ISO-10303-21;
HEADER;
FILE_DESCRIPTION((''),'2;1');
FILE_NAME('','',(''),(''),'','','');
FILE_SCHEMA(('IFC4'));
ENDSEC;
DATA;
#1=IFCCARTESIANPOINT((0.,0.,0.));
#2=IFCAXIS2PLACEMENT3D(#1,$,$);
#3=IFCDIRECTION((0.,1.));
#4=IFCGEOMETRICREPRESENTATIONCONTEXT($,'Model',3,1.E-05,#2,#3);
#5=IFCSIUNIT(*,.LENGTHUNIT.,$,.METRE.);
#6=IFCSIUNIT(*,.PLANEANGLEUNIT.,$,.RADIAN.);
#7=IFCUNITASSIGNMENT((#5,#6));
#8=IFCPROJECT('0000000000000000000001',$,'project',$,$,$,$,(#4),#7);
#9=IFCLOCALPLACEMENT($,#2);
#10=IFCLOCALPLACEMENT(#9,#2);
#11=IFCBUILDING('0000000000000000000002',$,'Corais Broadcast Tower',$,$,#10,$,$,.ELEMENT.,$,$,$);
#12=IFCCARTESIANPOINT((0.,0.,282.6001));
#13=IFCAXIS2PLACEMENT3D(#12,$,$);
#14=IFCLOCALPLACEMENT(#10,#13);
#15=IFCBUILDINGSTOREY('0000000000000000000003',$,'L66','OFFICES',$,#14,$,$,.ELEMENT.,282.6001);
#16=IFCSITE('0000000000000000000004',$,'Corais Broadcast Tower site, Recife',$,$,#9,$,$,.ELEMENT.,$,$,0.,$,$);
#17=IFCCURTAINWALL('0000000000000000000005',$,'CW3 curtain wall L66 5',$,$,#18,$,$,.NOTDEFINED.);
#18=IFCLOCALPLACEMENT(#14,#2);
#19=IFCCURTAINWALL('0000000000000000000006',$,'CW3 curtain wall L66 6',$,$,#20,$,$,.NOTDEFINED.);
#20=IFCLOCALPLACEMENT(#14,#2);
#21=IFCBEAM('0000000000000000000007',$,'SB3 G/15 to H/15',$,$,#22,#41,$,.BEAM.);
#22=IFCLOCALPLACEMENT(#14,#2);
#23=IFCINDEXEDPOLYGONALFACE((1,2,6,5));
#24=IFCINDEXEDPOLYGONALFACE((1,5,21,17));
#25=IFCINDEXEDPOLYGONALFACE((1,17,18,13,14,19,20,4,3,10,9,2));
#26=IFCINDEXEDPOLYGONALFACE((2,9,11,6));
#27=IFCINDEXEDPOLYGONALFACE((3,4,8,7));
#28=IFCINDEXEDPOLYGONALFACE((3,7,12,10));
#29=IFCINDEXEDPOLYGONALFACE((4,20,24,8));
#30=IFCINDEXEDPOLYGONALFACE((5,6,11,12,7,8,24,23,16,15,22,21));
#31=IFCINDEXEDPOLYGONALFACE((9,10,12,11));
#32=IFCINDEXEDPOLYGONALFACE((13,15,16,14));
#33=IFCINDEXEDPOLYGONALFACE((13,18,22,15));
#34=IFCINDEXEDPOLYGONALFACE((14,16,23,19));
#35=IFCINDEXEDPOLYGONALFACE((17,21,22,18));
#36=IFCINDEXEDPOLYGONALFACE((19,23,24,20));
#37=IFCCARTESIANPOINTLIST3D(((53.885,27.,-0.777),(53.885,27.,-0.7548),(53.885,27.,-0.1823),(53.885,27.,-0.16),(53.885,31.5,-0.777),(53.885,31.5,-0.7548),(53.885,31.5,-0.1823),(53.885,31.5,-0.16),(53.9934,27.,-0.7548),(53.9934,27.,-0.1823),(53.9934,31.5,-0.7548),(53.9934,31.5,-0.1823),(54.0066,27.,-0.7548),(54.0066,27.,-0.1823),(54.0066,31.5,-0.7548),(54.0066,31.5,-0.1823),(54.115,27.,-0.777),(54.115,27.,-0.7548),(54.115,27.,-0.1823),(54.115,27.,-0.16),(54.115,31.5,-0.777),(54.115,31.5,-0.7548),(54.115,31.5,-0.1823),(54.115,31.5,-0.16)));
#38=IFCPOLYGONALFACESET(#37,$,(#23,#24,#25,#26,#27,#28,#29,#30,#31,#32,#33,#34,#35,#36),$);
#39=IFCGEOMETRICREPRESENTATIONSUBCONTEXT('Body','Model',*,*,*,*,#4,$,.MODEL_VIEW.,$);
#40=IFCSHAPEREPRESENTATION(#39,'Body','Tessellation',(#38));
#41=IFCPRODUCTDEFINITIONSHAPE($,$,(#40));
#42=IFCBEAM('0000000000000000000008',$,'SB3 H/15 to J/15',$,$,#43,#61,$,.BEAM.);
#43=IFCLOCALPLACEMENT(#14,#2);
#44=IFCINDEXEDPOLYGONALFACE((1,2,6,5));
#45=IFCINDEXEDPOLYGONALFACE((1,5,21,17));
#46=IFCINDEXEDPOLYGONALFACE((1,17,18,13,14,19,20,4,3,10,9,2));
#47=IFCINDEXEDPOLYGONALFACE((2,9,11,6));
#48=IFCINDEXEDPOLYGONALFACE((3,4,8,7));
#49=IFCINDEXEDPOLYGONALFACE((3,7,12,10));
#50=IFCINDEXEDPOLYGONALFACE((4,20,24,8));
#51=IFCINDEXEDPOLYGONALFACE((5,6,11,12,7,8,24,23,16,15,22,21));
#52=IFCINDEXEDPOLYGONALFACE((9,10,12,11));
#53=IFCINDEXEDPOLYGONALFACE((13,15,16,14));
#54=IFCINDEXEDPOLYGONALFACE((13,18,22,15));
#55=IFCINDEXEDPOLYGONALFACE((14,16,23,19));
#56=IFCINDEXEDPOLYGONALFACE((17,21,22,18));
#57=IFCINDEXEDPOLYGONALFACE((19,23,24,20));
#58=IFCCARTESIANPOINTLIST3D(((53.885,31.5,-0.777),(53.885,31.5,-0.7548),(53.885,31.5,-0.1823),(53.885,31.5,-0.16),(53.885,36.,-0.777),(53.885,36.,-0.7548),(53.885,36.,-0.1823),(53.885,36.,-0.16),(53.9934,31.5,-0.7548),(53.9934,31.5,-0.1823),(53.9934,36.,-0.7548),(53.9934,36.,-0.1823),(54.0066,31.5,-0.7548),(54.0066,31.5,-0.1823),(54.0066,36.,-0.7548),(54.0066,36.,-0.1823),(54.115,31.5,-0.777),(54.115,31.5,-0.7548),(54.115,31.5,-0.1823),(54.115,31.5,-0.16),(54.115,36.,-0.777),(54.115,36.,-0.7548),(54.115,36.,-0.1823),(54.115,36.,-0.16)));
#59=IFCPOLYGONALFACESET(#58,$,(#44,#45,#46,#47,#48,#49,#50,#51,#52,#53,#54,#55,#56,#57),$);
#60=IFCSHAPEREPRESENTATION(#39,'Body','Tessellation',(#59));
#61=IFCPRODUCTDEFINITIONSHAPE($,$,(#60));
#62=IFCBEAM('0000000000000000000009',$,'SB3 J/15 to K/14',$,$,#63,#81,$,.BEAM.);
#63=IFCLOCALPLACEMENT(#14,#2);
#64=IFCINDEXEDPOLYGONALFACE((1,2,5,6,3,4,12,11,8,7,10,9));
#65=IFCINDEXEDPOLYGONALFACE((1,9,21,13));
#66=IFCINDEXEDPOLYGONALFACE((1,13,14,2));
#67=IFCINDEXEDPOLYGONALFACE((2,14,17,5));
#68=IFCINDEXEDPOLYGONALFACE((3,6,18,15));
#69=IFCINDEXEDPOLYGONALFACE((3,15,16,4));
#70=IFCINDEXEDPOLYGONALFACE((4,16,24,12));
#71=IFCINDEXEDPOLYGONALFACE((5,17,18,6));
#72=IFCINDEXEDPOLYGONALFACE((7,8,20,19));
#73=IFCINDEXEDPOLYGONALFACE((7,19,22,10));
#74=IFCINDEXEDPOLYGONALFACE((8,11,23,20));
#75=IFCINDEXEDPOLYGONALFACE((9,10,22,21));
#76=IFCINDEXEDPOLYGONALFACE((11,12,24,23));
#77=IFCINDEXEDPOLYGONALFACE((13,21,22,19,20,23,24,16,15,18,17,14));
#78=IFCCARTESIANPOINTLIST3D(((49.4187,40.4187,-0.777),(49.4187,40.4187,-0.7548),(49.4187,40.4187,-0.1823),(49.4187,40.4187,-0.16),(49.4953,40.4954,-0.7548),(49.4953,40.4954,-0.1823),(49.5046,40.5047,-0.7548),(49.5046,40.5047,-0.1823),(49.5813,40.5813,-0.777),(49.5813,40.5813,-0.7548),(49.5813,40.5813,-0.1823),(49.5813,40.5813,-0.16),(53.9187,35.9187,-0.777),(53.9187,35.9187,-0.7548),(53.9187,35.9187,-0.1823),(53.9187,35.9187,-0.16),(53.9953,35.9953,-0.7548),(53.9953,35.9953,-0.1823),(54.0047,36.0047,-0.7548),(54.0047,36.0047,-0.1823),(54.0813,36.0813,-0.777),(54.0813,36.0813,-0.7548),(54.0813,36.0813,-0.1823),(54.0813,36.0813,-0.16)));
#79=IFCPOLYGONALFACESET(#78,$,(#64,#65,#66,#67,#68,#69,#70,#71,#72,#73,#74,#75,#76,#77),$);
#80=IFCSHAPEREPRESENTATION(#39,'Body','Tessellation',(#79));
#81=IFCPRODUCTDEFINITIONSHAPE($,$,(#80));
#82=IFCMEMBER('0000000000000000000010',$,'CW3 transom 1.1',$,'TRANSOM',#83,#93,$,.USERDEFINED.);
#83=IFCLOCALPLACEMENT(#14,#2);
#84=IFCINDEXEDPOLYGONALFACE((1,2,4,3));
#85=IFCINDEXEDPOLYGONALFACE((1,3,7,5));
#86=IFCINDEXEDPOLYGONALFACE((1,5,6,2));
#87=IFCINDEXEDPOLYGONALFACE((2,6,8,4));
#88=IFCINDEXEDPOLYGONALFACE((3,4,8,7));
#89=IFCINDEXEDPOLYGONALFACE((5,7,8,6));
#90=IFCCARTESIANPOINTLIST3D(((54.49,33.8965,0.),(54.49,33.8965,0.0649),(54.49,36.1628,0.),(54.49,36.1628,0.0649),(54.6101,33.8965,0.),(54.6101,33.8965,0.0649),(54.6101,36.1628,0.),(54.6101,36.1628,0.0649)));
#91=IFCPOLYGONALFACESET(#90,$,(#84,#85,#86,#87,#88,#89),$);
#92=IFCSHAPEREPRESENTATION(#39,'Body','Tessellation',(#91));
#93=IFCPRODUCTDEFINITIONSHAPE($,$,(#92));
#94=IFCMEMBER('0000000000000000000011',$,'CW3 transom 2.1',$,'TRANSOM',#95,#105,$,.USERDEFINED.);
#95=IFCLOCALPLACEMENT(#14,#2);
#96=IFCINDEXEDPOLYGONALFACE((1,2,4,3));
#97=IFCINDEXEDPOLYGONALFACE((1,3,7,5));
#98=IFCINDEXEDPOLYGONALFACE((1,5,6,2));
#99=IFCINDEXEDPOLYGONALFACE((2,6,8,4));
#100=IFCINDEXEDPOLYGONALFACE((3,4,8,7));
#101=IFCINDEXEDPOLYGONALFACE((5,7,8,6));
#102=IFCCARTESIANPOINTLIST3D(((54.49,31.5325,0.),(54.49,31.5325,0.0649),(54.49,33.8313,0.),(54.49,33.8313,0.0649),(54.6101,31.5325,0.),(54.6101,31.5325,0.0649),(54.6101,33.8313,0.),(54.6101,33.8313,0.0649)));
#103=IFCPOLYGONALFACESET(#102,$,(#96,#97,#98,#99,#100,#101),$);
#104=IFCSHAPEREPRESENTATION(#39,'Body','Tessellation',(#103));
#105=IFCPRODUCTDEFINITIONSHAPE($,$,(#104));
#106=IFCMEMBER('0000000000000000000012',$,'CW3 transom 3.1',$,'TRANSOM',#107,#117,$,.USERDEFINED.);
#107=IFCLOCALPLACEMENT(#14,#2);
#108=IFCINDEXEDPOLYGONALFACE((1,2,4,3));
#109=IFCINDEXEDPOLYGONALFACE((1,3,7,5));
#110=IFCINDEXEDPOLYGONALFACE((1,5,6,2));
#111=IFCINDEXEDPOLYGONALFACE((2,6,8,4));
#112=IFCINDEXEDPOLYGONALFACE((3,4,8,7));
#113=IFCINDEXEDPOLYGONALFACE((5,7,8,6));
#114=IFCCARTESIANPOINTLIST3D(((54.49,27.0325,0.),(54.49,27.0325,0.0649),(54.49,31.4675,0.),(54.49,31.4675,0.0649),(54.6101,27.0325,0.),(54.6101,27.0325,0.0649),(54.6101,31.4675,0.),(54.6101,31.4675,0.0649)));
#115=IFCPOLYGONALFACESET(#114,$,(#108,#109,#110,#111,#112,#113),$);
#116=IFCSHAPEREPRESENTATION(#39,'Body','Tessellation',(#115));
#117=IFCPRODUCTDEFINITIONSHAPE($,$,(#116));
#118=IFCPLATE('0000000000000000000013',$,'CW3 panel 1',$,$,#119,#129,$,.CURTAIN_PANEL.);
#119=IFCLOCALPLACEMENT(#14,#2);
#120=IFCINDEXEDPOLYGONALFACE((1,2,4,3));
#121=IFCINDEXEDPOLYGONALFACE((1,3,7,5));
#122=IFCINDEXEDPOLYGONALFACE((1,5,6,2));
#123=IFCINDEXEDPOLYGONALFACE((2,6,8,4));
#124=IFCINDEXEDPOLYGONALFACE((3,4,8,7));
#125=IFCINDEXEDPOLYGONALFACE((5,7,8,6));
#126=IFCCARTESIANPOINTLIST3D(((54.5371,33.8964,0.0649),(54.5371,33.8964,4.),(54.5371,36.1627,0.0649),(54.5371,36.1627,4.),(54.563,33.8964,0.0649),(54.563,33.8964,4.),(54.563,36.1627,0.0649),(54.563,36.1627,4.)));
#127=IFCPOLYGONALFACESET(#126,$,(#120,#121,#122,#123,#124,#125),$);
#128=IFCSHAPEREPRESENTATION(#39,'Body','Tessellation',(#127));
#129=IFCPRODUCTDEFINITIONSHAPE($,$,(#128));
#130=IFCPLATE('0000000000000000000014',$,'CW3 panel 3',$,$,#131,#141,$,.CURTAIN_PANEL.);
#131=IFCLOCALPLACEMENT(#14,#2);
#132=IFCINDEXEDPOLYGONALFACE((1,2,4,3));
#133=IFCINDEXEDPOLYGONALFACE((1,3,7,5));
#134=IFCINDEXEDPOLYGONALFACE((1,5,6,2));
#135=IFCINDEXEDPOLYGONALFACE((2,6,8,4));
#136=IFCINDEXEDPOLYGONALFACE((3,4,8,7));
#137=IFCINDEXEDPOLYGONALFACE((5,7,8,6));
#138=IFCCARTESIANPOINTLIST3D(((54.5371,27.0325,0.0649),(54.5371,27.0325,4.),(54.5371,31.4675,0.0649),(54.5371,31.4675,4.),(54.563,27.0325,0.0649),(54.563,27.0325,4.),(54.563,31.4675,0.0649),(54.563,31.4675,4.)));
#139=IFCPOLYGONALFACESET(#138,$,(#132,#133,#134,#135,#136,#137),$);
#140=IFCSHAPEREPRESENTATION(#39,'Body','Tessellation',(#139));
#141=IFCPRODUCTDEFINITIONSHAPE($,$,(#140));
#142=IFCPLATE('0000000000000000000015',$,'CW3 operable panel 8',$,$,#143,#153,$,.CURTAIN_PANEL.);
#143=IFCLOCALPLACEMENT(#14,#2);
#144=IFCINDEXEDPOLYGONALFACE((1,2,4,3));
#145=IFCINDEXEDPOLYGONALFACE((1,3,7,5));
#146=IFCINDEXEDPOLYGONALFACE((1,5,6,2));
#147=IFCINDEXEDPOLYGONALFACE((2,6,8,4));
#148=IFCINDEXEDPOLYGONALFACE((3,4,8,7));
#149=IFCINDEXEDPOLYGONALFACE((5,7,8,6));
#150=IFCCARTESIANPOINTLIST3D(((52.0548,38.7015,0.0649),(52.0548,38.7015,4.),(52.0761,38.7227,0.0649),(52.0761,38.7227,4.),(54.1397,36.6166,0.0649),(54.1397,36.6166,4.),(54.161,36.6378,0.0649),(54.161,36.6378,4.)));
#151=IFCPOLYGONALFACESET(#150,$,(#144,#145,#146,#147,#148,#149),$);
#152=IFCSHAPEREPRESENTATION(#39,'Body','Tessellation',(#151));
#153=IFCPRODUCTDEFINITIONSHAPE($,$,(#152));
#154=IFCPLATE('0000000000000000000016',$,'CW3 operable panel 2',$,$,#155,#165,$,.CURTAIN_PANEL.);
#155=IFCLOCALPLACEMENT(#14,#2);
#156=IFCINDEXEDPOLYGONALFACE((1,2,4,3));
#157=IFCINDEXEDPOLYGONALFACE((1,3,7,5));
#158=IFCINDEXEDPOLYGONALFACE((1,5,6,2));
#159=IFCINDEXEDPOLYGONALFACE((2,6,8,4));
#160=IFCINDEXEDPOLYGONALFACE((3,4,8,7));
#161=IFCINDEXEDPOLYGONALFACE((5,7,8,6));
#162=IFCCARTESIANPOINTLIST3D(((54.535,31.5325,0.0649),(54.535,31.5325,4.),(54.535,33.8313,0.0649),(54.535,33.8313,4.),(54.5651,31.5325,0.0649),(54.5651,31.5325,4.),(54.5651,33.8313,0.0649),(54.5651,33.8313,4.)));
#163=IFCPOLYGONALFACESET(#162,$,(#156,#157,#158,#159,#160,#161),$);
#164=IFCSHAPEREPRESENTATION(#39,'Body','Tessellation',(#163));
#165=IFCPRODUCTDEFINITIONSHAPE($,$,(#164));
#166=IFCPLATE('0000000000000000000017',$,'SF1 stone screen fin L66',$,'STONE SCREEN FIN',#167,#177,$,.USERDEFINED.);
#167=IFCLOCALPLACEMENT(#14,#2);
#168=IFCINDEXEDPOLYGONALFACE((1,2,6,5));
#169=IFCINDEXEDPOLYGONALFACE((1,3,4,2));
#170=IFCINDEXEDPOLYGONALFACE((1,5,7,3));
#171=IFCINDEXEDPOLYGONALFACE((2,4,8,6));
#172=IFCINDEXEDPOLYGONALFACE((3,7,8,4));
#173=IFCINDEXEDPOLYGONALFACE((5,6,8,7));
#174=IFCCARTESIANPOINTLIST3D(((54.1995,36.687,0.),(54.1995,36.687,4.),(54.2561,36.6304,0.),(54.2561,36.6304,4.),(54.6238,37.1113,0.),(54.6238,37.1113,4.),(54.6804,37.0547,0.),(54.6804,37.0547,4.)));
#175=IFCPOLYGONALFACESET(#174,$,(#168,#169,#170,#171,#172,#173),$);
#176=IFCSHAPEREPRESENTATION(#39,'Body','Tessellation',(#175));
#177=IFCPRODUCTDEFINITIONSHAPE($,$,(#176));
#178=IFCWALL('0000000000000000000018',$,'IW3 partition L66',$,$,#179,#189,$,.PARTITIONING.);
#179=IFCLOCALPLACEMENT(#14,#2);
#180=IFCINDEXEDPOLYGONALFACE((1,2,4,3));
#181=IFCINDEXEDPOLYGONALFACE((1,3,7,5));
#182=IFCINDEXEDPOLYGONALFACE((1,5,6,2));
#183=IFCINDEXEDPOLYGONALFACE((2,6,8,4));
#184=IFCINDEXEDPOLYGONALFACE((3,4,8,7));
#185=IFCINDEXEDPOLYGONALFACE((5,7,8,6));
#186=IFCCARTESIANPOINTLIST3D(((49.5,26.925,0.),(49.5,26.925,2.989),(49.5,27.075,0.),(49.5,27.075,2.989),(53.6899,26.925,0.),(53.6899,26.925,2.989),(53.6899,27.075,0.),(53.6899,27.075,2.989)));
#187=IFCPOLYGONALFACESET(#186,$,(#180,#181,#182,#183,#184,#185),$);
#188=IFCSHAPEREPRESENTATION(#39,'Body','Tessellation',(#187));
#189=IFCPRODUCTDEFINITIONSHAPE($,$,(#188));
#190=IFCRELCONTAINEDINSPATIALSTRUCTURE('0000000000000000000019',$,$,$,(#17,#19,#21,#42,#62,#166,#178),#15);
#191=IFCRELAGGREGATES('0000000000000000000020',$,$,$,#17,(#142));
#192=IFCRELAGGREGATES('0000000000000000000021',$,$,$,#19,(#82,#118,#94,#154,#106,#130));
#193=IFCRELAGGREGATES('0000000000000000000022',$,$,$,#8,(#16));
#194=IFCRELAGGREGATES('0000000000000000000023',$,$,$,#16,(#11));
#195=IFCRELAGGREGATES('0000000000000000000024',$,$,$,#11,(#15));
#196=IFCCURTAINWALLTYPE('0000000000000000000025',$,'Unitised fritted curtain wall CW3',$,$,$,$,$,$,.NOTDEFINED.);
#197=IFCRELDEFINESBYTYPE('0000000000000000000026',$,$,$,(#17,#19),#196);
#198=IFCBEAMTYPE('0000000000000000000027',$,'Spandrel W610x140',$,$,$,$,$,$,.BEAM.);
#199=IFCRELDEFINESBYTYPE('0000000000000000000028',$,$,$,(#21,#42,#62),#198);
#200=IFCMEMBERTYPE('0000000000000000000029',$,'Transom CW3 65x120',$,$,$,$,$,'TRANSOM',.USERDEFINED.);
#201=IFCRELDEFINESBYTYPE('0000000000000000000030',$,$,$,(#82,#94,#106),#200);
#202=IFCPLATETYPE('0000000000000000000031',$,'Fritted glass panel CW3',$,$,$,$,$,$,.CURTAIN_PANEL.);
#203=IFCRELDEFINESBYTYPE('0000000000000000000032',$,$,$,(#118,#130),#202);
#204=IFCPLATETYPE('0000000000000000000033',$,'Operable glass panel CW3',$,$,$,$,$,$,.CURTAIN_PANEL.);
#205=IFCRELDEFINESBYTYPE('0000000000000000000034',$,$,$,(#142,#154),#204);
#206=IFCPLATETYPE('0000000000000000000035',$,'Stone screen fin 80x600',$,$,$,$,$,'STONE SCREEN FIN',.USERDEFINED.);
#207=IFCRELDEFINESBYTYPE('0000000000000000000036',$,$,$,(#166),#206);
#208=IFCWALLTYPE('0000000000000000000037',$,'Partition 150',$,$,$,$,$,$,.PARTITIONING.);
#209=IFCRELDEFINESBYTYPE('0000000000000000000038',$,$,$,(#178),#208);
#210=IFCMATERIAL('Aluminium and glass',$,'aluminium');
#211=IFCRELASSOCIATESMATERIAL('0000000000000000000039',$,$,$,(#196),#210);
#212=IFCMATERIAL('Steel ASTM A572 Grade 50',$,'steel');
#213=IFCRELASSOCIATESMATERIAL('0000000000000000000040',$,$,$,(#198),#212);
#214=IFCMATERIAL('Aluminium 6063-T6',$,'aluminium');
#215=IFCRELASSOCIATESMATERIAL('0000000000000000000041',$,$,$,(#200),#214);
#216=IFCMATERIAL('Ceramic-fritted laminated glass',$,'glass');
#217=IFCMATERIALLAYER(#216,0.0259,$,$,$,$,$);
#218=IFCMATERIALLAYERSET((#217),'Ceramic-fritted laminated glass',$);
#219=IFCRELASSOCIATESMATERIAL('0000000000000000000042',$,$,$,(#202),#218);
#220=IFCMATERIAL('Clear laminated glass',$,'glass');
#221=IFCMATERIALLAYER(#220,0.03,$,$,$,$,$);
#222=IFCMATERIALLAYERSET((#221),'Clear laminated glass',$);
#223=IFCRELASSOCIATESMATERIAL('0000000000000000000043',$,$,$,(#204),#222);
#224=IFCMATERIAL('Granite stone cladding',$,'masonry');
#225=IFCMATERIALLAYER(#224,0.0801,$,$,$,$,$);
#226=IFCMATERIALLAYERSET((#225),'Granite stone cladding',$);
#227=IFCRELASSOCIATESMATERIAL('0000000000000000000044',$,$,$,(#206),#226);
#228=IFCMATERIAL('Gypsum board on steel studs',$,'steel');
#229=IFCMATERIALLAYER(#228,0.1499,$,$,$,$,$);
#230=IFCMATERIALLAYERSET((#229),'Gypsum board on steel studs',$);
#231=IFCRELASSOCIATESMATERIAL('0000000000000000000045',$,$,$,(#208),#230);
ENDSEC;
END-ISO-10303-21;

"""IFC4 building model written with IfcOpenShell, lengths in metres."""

from ifc_helpers import new_model, si_unit, direction, frame, frame_2d, origin, origin_2d, place, context, subcontext, project, spatial, rectangle, i_section, extrude, material, layer, layer_set, material_profile, profile_set, type_object, element, aggregate, save


model = new_model("IFC4")

# Units and contexts
model_context = context("Model", 3, precision=1e-05, world=origin(), true_north=direction((0.0, 1.0)))
body_context = subcontext(model_context, "Body", "Model", "MODEL_VIEW")
ifc_project = project(units=[si_unit("LENGTHUNIT", "METRE"), si_unit("PLANEANGLEUNIT", "RADIAN")], contexts=[model_context])

# Site, building, storey
site_placement = place(None, origin())
site = spatial("IfcSite", under=ifc_project, at=site_placement, Name="Corais Broadcast Tower site, Recife", CompositionType="ELEMENT", RefElevation=0.0)
building_placement = place(site_placement, origin())
building = spatial("IfcBuilding", under=site, at=building_placement, Name="Corais Broadcast Tower", CompositionType="ELEMENT")
storey_placement = place(building_placement, frame((0.0, 0.0, 282.6001)))
storey = spatial("IfcBuildingStorey", under=building, at=storey_placement, Name="L66", Description="OFFICES", CompositionType="ELEMENT", Elevation=282.6001)

# Curtain wall
ifc_material_1 = material(Name="Aluminium and glass", Category="aluminium")
curtain_wall_type = type_object("IfcCurtainWallType", Name="Unitised fritted curtain wall CW3", PredefinedType="NOTDEFINED", material=ifc_material_1)
curtain_wall_1_placement = place(storey_placement, origin())
curtain_wall_1 = element("IfcCurtainWall", 1, at=curtain_wall_1_placement, inside=storey, type_object=curtain_wall_type, Name="CW3 curtain wall L66 5", PredefinedType="NOTDEFINED")

# Curtain wall
curtain_wall_2_placement = place(storey_placement, origin())
curtain_wall_2 = element("IfcCurtainWall", 2, at=curtain_wall_2_placement, inside=storey, type_object=curtain_wall_type, Name="CW3 curtain wall L66 6", PredefinedType="NOTDEFINED")

# Beams
ifc_material_2 = material(Name="Steel ASTM A572 Grade 50", Category="steel")
ifc_material_profile_1 = material_profile(ifc_material_2, i_section(OverallWidth=0.23, OverallDepth=0.6169, WebThickness=0.0132, FlangeThickness=0.0222, at=origin_2d()), Name="W610x140")
ifc_profile_set_1 = profile_set([ifc_material_profile_1], Name="Steel ASTM A572 Grade 50")
beam_type_1 = type_object("IfcBeamType", Name="Spandrel W610x140", PredefinedType="BEAM", material=ifc_profile_set_1)
for number, where, z_axis, x_axis, name in (
    (3, (54.0, 27.0, -0.4685), (0.0, 1.0, 0.0), (-1.0, 0.0, 0.0), "SB3 G/15 to H/15"),
    (4, (54.0, 31.5, -0.4685), (0.0, 1.0, 0.0), (-1.0, 0.0, 0.0), "SB3 H/15 to J/15"),
):
    element("IfcBeam", number, at=place(storey_placement, frame(where, z_axis=z_axis, x_axis=x_axis)), inside=storey, type_object=beam_type_1, Name=name, PredefinedType="BEAM", context=body_context, shape_type="SweptSolid", body=[
        extrude(i_section(OverallWidth=0.23, OverallDepth=0.6169, WebThickness=0.0132, FlangeThickness=0.0222, at=origin_2d()), origin(), (0.0, 0.0, 1.0), 4.5),
    ])
beam_placement = place(storey_placement, frame((54.0, 36.0, -0.4685), z_axis=(-0.707107, 0.707107, 0.0), x_axis=(-0.707107, -0.707107, 0.0)))
element("IfcBeam", 5, at=beam_placement, inside=storey, type_object=beam_type_1, Name="SB3 J/15 to K/14", PredefinedType="BEAM", context=body_context, shape_type="SweptSolid", body=[
    extrude(i_section(OverallWidth=0.23, OverallDepth=0.6169, WebThickness=0.0132, FlangeThickness=0.0222, at=origin_2d()), origin(), (0.0, 0.0, 1.0), 6.364),
])

# Members
ifc_material_3 = material(Name="Aluminium 6063-T6", Category="aluminium")
ifc_material_profile_2 = material_profile(ifc_material_3, rectangle(XDim=0.1201, YDim=0.0649, at=origin_2d()), Name="Transom CW3 65x120")
ifc_profile_set_2 = profile_set([ifc_material_profile_2], Name="Aluminium 6063-T6")
member_type_1 = type_object("IfcMemberType", Name="Transom CW3 65x120", ElementType="TRANSOM", PredefinedType="USERDEFINED", material=ifc_profile_set_2)
member_1_placement = place(storey_placement, frame((54.55, 36.1628, 0.0325), z_axis=(0.0, -1.0, 0.0), x_axis=(1.0, 0.0, 0.0)))
member_1 = element("IfcMember", 6, at=member_1_placement, type_object=member_type_1, Name="CW3 transom 1.1", ObjectType="TRANSOM", PredefinedType="USERDEFINED", context=body_context, shape_type="SweptSolid", body=[
    extrude(rectangle(XDim=0.1201, YDim=0.0649, at=origin_2d()), origin(), (0.0, 0.0, 1.0), 2.2664),
])
member_2_placement = place(storey_placement, frame((54.55, 33.8313, 0.0325), z_axis=(0.0, -1.0, 0.0), x_axis=(1.0, 0.0, 0.0)))
member_2 = element("IfcMember", 7, at=member_2_placement, type_object=member_type_1, Name="CW3 transom 2.1", ObjectType="TRANSOM", PredefinedType="USERDEFINED", context=body_context, shape_type="SweptSolid", body=[
    extrude(rectangle(XDim=0.1201, YDim=0.0649, at=origin_2d()), origin(), (0.0, 0.0, 1.0), 2.2988),
])
member_3_placement = place(storey_placement, frame((54.55, 31.4675, 0.0325), z_axis=(0.0, -1.0, 0.0), x_axis=(1.0, 0.0, 0.0)))
member_3 = element("IfcMember", 8, at=member_3_placement, type_object=member_type_1, Name="CW3 transom 3.1", ObjectType="TRANSOM", PredefinedType="USERDEFINED", context=body_context, shape_type="SweptSolid", body=[
    extrude(rectangle(XDim=0.1201, YDim=0.0649, at=origin_2d()), origin(), (0.0, 0.0, 1.0), 4.4351),
])

# Plates
ifc_material_4 = material(Name="Ceramic-fritted laminated glass", Category="glass")
ifc_layer_1 = layer(ifc_material_4, 0.0259)
ifc_layer_set_1 = layer_set([ifc_layer_1], Name="Ceramic-fritted laminated glass")
plate_type_1 = type_object("IfcPlateType", Name="Fritted glass panel CW3", PredefinedType="CURTAIN_PANEL", material=ifc_layer_set_1)
plate_1_placement = place(storey_placement, frame((54.55, 35.0295, 0.0649), z_axis=(0.0, 0.0, 1.0), x_axis=(0.0, -1.0, 0.0)))
plate_1 = element("IfcPlate", 9, at=plate_1_placement, type_object=plate_type_1, Name="CW3 panel 1", PredefinedType="CURTAIN_PANEL", context=body_context, shape_type="SweptSolid", body=[
    extrude(rectangle(XDim=2.2664, YDim=0.0259, at=origin_2d()), origin(), (0.0, 0.0, 1.0), 3.9351),
])
plate_2_placement = place(storey_placement, frame((54.55, 29.25, 0.0649), z_axis=(0.0, 0.0, 1.0), x_axis=(0.0, -1.0, 0.0)))
plate_2 = element("IfcPlate", 10, at=plate_2_placement, type_object=plate_type_1, Name="CW3 panel 3", PredefinedType="CURTAIN_PANEL", context=body_context, shape_type="SweptSolid", body=[
    extrude(rectangle(XDim=4.4351, YDim=0.0259, at=origin_2d()), origin(), (0.0, 0.0, 1.0), 3.9351),
])
ifc_material_5 = material(Name="Clear laminated glass", Category="glass")
ifc_layer_2 = layer(ifc_material_5, 0.03)
ifc_layer_set_2 = layer_set([ifc_layer_2], Name="Clear laminated glass")
plate_type_2 = type_object("IfcPlateType", Name="Operable glass panel CW3", PredefinedType="CURTAIN_PANEL", material=ifc_layer_set_2)
plate_3_placement = place(storey_placement, frame((53.1079, 37.6697, 0.0649), z_axis=(0.0, 0.0, 1.0), x_axis=(0.707107, -0.707107, 0.0)))
plate_3 = element("IfcPlate", 11, at=plate_3_placement, type_object=plate_type_2, Name="CW3 operable panel 8", PredefinedType="CURTAIN_PANEL", context=body_context, shape_type="SweptSolid", body=[
    extrude(rectangle(XDim=2.9485, YDim=0.03, at=origin_2d()), origin(), (0.0, 0.0, 1.0), 3.9351),
])
aggregate(curtain_wall_1, [plate_3])
plate_4_placement = place(storey_placement, frame((54.55, 32.6819, 0.0649), z_axis=(0.0, 0.0, 1.0), x_axis=(0.0, -1.0, 0.0)))
plate_4 = element("IfcPlate", 12, at=plate_4_placement, type_object=plate_type_2, Name="CW3 operable panel 2", PredefinedType="CURTAIN_PANEL", context=body_context, shape_type="SweptSolid", body=[
    extrude(rectangle(XDim=2.2988, YDim=0.03, at=origin_2d()), origin(), (0.0, 0.0, 1.0), 3.9351),
])
aggregate(curtain_wall_2, [member_1, plate_1, member_2, plate_4, member_3, plate_2])
ifc_material_6 = material(Name="Granite stone cladding", Category="masonry")
ifc_layer_3 = layer(ifc_material_6, 0.0801)
ifc_layer_set_3 = layer_set([ifc_layer_3], Name="Granite stone cladding")
plate_type_3 = type_object("IfcPlateType", Name="Stone screen fin 80x600", ElementType="STONE SCREEN FIN", PredefinedType="USERDEFINED", material=ifc_layer_set_3)
plate_5_placement = place(storey_placement, frame((54.4399, 36.8708, 0.0), z_axis=(0.0, 0.0, 1.0), x_axis=(0.707107, -0.707107, 0.0)))
element("IfcPlate", 13, at=plate_5_placement, inside=storey, type_object=plate_type_3, Name="SF1 stone screen fin L66", ObjectType="STONE SCREEN FIN", PredefinedType="USERDEFINED", context=body_context, shape_type="SweptSolid", body=[
    extrude(rectangle(XDim=0.0801, YDim=0.6001, at=origin_2d()), origin(), (0.0, 0.0, 1.0), 4.0),
])

# Wall
ifc_material_7 = material(Name="Gypsum board on steel studs", Category="steel")
ifc_layer_4 = layer(ifc_material_7, 0.1499)
ifc_layer_set_4 = layer_set([ifc_layer_4], Name="Gypsum board on steel studs")
wall_type = type_object("IfcWallType", Name="Partition 150", PredefinedType="PARTITIONING", material=ifc_layer_set_4)
wall_1_placement = place(storey_placement, frame((53.6899, 27.0, 0.0), z_axis=(0.0, 0.0, 1.0), x_axis=(-1.0, 0.0, 0.0)))
element("IfcWall", 14, at=wall_1_placement, inside=storey, type_object=wall_type, Name="IW3 partition L66", PredefinedType="PARTITIONING", context=body_context, shape_type="SweptSolid", body=[
    extrude(rectangle(XDim=4.1899, YDim=0.1499, at=frame_2d((2.095, 0.0))), origin(), (0.0, 0.0, 1.0), 2.989),
])

save(model, "model.ifc")
